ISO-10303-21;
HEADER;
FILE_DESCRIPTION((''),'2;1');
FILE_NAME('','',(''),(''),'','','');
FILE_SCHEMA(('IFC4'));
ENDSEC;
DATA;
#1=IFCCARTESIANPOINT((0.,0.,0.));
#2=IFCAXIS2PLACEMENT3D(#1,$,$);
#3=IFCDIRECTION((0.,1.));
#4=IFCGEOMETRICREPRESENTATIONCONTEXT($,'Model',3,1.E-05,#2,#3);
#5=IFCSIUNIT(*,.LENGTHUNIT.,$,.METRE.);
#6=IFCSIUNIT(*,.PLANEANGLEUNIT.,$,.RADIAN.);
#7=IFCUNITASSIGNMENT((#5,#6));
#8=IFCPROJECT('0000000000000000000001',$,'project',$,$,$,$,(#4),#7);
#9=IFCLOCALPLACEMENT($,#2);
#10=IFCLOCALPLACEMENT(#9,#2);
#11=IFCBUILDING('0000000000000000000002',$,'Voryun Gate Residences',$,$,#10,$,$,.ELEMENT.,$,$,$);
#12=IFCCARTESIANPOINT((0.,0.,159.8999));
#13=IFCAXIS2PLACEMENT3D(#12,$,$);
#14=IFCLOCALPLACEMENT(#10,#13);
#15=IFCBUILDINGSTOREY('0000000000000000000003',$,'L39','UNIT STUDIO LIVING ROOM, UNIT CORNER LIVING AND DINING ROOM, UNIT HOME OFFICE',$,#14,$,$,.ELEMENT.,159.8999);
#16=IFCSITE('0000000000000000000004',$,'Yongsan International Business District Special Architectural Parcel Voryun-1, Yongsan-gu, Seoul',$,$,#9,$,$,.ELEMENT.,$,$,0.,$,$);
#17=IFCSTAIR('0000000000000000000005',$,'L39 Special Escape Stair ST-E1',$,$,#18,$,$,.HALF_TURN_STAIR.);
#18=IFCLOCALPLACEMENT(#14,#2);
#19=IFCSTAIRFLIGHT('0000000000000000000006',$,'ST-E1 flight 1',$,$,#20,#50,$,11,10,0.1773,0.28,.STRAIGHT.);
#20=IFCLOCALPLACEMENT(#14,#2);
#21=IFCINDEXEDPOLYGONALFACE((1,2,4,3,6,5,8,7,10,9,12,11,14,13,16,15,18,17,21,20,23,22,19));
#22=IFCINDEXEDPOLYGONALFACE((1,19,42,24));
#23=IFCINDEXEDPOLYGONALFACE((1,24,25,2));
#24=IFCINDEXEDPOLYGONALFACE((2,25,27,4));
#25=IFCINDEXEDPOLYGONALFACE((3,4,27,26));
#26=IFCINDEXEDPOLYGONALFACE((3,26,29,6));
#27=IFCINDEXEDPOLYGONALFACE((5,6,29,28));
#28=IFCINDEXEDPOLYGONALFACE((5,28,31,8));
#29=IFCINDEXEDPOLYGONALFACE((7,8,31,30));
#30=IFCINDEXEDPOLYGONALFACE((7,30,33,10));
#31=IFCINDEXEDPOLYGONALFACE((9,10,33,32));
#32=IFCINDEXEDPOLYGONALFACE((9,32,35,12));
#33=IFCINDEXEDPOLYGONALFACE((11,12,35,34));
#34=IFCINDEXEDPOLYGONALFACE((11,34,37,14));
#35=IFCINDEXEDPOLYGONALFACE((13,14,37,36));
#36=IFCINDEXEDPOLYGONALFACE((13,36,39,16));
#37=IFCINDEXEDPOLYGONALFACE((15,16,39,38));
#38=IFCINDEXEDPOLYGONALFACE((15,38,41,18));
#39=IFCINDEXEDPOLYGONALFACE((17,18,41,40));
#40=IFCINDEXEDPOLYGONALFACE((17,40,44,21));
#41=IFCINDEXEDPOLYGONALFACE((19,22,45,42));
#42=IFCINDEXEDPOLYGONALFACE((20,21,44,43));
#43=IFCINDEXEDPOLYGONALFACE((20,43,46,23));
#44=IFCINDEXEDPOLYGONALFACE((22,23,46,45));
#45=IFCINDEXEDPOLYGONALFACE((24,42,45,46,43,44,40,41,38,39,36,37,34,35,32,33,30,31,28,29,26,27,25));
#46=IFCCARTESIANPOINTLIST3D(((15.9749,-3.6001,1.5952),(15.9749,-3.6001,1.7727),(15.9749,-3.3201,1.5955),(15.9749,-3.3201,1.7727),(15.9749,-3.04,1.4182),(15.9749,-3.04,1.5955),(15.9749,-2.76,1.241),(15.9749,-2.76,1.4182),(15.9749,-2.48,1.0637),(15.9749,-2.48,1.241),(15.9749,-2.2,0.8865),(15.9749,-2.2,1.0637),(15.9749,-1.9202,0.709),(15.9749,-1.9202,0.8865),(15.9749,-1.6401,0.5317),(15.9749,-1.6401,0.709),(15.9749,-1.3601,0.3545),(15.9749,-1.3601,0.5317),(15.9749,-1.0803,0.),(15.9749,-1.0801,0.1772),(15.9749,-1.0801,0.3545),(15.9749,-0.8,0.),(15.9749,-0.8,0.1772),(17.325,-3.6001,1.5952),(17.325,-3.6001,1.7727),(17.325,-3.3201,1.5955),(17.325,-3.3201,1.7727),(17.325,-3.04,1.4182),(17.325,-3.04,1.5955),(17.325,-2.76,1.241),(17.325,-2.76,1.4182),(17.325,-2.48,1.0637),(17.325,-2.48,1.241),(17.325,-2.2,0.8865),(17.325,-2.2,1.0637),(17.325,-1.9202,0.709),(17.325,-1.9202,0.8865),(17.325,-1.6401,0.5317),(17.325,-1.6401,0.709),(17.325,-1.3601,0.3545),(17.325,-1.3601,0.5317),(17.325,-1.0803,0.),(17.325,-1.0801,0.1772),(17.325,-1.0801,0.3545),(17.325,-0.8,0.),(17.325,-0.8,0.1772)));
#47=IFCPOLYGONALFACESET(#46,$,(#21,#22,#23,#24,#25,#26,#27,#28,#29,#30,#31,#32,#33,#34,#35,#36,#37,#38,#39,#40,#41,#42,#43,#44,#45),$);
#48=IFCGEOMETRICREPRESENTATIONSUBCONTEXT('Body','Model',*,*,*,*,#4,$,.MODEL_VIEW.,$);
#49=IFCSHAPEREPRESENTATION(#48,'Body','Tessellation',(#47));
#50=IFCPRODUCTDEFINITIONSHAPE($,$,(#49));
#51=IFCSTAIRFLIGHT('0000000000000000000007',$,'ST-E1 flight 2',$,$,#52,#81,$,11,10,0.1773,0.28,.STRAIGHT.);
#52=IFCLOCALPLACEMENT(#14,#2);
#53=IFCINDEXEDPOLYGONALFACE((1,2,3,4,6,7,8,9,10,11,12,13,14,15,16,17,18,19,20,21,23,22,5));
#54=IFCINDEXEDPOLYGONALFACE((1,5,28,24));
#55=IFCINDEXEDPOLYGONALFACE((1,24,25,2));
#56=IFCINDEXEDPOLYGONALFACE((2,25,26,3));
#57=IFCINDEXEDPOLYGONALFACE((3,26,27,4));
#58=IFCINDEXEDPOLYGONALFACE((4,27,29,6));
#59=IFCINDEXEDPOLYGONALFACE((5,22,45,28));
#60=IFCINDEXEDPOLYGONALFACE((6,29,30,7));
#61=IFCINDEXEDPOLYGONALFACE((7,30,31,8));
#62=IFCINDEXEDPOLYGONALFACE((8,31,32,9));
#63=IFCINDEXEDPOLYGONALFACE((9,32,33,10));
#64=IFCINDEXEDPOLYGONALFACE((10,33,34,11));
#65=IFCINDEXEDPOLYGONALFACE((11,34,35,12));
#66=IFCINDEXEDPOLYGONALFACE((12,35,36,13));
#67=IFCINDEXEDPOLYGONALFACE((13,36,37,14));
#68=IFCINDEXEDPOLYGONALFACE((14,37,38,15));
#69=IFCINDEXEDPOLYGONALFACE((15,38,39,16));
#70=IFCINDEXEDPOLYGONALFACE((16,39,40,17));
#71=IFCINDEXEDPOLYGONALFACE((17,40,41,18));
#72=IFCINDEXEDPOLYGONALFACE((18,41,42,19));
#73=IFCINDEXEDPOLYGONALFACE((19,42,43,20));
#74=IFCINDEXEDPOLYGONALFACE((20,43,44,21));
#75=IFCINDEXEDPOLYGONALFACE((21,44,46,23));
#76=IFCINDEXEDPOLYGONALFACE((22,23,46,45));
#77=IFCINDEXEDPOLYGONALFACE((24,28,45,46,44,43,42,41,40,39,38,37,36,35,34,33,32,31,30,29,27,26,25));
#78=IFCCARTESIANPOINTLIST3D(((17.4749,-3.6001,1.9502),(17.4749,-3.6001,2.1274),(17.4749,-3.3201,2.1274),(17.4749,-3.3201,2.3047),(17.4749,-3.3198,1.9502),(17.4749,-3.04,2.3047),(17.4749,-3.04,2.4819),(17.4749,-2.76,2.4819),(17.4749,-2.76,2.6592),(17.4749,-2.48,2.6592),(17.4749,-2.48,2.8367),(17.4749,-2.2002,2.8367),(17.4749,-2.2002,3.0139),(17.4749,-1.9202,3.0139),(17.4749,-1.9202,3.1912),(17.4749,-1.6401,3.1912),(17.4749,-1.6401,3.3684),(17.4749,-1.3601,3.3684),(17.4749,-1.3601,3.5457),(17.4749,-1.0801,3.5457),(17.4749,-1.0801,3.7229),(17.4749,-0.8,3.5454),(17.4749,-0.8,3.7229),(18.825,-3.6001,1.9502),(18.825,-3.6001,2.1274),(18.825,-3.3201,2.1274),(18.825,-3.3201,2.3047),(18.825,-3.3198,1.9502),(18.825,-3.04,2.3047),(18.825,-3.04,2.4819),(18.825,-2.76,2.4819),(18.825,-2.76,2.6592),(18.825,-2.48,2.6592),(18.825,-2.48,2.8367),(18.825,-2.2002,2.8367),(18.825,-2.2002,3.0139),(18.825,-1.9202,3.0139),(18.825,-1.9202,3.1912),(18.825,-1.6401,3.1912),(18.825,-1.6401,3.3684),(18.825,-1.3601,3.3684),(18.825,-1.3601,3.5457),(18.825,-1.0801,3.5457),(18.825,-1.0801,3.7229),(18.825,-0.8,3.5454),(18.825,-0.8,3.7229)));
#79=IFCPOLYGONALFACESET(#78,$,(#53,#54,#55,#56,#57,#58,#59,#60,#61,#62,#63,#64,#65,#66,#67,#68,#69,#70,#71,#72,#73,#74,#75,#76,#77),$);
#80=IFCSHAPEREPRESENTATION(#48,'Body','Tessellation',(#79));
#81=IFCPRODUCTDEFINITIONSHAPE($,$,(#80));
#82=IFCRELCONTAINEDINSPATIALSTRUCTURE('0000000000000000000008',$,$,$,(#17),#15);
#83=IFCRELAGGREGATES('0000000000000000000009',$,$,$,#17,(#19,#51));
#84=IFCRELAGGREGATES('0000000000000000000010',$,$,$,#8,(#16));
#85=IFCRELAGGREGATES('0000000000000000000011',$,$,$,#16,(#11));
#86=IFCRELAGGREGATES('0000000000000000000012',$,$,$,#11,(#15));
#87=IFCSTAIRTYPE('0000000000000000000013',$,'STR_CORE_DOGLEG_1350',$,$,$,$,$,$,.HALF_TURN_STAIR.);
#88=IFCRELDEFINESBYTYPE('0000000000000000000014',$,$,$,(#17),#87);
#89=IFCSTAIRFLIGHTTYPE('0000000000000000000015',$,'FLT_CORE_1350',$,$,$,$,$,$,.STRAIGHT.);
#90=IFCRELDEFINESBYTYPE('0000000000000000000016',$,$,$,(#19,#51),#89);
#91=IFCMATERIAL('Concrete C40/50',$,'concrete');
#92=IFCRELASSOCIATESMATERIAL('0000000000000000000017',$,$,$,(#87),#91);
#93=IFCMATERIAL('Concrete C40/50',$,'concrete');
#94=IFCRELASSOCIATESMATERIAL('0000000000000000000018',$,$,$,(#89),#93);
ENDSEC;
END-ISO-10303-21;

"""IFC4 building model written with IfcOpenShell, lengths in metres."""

from ifc_helpers import new_model, si_unit, direction, frame, origin, place, context, subcontext, project, spatial, polyline, outline, extrude, material, type_object, element, aggregate, save


model = new_model("IFC4")

# Units and contexts
model_context = context("Model", 3, precision=1e-05, world=origin(), true_north=direction((0.0, 1.0)))
body_context = subcontext(model_context, "Body", "Model", "MODEL_VIEW")
ifc_project = project(units=[si_unit("LENGTHUNIT", "METRE"), si_unit("PLANEANGLEUNIT", "RADIAN")], contexts=[model_context])

# Site, building, storey
site_placement = place(None, origin())
site = spatial("IfcSite", under=ifc_project, at=site_placement, Name="Yongsan International Business District Special Architectural Parcel Voryun-1, Yongsan-gu, Seoul", CompositionType="ELEMENT", RefElevation=0.0)
building_placement = place(site_placement, origin())
building = spatial("IfcBuilding", under=site, at=building_placement, Name="Voryun Gate Residences", CompositionType="ELEMENT")
storey_placement = place(building_placement, frame((0.0, 0.0, 159.8999)))
storey = spatial("IfcBuildingStorey", under=building, at=storey_placement, Name="L39", Description="UNIT STUDIO LIVING ROOM, UNIT CORNER LIVING AND DINING ROOM, UNIT HOME OFFICE", CompositionType="ELEMENT", Elevation=159.8999)

# Stair, stair flights
ifc_material_1 = material(Name="Concrete C40/50", Category="concrete")
stair_type = type_object("IfcStairType", Name="STR_CORE_DOGLEG_1350", PredefinedType="HALF_TURN_STAIR", material=ifc_material_1)
stair_placement = place(storey_placement, origin())
stair = element("IfcStair", 1, at=stair_placement, inside=storey, type_object=stair_type, Name="L39 Special Escape Stair ST-E1", PredefinedType="HALF_TURN_STAIR")
ifc_material_2 = material(Name="Concrete C40/50", Category="concrete")
stair_flight_type = type_object("IfcStairFlightType", Name="FLT_CORE_1350", PredefinedType="STRAIGHT", material=ifc_material_2)
stair_flight_1_placement = place(storey_placement, frame((16.6499, -0.8, 0.0), z_axis=(0.0, 0.0, 1.0), x_axis=(0.0, -1.0, 0.0)))
stair_flight_1 = element("IfcStairFlight", 2, at=stair_flight_1_placement, type_object=stair_flight_type, Name="ST-E1 flight 1", NumberOfRisers=11, NumberOfTreads=10, PredefinedType="STRAIGHT", RiserHeight=0.1773, TreadLength=0.28, context=body_context, shape_type="SweptSolid", body=[
    extrude(outline(polyline([(0.0, 0.0), (0.0, 0.1772), (0.28, 0.1772), (0.28, 0.3545), (0.5601, 0.3545), (0.5601, 0.5317), (0.8401, 0.5317), (0.8401, 0.709), (1.1201, 0.709), (1.1201, 0.8865), (1.3999, 0.8865), (1.3999, 1.0637), (1.6799, 1.0637), (1.6799, 1.241), (1.96, 1.241), (1.96, 1.4182), (2.24, 1.4182), (2.24, 1.5955), (2.52, 1.5955), (2.52, 1.7727), (2.8, 1.7727), (2.8, 1.95), (2.8, 1.5952), (0.2803, 0.0), (0.0, 0.0)])), frame((0.0, 0.675, 0.0), z_axis=(0.0, -1.0, 0.0), x_axis=(1.0, 0.0, 0.0)), (0.0, 0.0, 1.0), 1.3501),
])
stair_flight_2_placement = place(storey_placement, frame((18.1499, -3.6001, 1.9502), z_axis=(0.0, 0.0, 1.0), x_axis=(0.0, 1.0, 0.0)))
stair_flight_2 = element("IfcStairFlight", 3, at=stair_flight_2_placement, type_object=stair_flight_type, Name="ST-E1 flight 2", NumberOfRisers=11, NumberOfTreads=10, PredefinedType="STRAIGHT", RiserHeight=0.1773, TreadLength=0.28, context=body_context, shape_type="SweptSolid", body=[
    extrude(outline(polyline([(0.0, 0.0), (0.0, 0.1772), (0.28, 0.1772), (0.28, 0.3545), (0.5601, 0.3545), (0.5601, 0.5317), (0.8401, 0.5317), (0.8401, 0.709), (1.1201, 0.709), (1.1201, 0.8865), (1.3999, 0.8865), (1.3999, 1.0637), (1.6799, 1.0637), (1.6799, 1.241), (1.96, 1.241), (1.96, 1.4182), (2.24, 1.4182), (2.24, 1.5955), (2.52, 1.5955), (2.52, 1.7727), (2.8, 1.7727), (2.8, 1.95), (2.8, 1.5952), (0.2803, 0.0), (0.0, 0.0)])), frame((0.0, 0.675, 0.0), z_axis=(0.0, -1.0, 0.0), x_axis=(1.0, 0.0, 0.0)), (0.0, 0.0, 1.0), 1.3501),
])
aggregate(stair, [stair_flight_1, stair_flight_2])

save(model, "model.ifc")
